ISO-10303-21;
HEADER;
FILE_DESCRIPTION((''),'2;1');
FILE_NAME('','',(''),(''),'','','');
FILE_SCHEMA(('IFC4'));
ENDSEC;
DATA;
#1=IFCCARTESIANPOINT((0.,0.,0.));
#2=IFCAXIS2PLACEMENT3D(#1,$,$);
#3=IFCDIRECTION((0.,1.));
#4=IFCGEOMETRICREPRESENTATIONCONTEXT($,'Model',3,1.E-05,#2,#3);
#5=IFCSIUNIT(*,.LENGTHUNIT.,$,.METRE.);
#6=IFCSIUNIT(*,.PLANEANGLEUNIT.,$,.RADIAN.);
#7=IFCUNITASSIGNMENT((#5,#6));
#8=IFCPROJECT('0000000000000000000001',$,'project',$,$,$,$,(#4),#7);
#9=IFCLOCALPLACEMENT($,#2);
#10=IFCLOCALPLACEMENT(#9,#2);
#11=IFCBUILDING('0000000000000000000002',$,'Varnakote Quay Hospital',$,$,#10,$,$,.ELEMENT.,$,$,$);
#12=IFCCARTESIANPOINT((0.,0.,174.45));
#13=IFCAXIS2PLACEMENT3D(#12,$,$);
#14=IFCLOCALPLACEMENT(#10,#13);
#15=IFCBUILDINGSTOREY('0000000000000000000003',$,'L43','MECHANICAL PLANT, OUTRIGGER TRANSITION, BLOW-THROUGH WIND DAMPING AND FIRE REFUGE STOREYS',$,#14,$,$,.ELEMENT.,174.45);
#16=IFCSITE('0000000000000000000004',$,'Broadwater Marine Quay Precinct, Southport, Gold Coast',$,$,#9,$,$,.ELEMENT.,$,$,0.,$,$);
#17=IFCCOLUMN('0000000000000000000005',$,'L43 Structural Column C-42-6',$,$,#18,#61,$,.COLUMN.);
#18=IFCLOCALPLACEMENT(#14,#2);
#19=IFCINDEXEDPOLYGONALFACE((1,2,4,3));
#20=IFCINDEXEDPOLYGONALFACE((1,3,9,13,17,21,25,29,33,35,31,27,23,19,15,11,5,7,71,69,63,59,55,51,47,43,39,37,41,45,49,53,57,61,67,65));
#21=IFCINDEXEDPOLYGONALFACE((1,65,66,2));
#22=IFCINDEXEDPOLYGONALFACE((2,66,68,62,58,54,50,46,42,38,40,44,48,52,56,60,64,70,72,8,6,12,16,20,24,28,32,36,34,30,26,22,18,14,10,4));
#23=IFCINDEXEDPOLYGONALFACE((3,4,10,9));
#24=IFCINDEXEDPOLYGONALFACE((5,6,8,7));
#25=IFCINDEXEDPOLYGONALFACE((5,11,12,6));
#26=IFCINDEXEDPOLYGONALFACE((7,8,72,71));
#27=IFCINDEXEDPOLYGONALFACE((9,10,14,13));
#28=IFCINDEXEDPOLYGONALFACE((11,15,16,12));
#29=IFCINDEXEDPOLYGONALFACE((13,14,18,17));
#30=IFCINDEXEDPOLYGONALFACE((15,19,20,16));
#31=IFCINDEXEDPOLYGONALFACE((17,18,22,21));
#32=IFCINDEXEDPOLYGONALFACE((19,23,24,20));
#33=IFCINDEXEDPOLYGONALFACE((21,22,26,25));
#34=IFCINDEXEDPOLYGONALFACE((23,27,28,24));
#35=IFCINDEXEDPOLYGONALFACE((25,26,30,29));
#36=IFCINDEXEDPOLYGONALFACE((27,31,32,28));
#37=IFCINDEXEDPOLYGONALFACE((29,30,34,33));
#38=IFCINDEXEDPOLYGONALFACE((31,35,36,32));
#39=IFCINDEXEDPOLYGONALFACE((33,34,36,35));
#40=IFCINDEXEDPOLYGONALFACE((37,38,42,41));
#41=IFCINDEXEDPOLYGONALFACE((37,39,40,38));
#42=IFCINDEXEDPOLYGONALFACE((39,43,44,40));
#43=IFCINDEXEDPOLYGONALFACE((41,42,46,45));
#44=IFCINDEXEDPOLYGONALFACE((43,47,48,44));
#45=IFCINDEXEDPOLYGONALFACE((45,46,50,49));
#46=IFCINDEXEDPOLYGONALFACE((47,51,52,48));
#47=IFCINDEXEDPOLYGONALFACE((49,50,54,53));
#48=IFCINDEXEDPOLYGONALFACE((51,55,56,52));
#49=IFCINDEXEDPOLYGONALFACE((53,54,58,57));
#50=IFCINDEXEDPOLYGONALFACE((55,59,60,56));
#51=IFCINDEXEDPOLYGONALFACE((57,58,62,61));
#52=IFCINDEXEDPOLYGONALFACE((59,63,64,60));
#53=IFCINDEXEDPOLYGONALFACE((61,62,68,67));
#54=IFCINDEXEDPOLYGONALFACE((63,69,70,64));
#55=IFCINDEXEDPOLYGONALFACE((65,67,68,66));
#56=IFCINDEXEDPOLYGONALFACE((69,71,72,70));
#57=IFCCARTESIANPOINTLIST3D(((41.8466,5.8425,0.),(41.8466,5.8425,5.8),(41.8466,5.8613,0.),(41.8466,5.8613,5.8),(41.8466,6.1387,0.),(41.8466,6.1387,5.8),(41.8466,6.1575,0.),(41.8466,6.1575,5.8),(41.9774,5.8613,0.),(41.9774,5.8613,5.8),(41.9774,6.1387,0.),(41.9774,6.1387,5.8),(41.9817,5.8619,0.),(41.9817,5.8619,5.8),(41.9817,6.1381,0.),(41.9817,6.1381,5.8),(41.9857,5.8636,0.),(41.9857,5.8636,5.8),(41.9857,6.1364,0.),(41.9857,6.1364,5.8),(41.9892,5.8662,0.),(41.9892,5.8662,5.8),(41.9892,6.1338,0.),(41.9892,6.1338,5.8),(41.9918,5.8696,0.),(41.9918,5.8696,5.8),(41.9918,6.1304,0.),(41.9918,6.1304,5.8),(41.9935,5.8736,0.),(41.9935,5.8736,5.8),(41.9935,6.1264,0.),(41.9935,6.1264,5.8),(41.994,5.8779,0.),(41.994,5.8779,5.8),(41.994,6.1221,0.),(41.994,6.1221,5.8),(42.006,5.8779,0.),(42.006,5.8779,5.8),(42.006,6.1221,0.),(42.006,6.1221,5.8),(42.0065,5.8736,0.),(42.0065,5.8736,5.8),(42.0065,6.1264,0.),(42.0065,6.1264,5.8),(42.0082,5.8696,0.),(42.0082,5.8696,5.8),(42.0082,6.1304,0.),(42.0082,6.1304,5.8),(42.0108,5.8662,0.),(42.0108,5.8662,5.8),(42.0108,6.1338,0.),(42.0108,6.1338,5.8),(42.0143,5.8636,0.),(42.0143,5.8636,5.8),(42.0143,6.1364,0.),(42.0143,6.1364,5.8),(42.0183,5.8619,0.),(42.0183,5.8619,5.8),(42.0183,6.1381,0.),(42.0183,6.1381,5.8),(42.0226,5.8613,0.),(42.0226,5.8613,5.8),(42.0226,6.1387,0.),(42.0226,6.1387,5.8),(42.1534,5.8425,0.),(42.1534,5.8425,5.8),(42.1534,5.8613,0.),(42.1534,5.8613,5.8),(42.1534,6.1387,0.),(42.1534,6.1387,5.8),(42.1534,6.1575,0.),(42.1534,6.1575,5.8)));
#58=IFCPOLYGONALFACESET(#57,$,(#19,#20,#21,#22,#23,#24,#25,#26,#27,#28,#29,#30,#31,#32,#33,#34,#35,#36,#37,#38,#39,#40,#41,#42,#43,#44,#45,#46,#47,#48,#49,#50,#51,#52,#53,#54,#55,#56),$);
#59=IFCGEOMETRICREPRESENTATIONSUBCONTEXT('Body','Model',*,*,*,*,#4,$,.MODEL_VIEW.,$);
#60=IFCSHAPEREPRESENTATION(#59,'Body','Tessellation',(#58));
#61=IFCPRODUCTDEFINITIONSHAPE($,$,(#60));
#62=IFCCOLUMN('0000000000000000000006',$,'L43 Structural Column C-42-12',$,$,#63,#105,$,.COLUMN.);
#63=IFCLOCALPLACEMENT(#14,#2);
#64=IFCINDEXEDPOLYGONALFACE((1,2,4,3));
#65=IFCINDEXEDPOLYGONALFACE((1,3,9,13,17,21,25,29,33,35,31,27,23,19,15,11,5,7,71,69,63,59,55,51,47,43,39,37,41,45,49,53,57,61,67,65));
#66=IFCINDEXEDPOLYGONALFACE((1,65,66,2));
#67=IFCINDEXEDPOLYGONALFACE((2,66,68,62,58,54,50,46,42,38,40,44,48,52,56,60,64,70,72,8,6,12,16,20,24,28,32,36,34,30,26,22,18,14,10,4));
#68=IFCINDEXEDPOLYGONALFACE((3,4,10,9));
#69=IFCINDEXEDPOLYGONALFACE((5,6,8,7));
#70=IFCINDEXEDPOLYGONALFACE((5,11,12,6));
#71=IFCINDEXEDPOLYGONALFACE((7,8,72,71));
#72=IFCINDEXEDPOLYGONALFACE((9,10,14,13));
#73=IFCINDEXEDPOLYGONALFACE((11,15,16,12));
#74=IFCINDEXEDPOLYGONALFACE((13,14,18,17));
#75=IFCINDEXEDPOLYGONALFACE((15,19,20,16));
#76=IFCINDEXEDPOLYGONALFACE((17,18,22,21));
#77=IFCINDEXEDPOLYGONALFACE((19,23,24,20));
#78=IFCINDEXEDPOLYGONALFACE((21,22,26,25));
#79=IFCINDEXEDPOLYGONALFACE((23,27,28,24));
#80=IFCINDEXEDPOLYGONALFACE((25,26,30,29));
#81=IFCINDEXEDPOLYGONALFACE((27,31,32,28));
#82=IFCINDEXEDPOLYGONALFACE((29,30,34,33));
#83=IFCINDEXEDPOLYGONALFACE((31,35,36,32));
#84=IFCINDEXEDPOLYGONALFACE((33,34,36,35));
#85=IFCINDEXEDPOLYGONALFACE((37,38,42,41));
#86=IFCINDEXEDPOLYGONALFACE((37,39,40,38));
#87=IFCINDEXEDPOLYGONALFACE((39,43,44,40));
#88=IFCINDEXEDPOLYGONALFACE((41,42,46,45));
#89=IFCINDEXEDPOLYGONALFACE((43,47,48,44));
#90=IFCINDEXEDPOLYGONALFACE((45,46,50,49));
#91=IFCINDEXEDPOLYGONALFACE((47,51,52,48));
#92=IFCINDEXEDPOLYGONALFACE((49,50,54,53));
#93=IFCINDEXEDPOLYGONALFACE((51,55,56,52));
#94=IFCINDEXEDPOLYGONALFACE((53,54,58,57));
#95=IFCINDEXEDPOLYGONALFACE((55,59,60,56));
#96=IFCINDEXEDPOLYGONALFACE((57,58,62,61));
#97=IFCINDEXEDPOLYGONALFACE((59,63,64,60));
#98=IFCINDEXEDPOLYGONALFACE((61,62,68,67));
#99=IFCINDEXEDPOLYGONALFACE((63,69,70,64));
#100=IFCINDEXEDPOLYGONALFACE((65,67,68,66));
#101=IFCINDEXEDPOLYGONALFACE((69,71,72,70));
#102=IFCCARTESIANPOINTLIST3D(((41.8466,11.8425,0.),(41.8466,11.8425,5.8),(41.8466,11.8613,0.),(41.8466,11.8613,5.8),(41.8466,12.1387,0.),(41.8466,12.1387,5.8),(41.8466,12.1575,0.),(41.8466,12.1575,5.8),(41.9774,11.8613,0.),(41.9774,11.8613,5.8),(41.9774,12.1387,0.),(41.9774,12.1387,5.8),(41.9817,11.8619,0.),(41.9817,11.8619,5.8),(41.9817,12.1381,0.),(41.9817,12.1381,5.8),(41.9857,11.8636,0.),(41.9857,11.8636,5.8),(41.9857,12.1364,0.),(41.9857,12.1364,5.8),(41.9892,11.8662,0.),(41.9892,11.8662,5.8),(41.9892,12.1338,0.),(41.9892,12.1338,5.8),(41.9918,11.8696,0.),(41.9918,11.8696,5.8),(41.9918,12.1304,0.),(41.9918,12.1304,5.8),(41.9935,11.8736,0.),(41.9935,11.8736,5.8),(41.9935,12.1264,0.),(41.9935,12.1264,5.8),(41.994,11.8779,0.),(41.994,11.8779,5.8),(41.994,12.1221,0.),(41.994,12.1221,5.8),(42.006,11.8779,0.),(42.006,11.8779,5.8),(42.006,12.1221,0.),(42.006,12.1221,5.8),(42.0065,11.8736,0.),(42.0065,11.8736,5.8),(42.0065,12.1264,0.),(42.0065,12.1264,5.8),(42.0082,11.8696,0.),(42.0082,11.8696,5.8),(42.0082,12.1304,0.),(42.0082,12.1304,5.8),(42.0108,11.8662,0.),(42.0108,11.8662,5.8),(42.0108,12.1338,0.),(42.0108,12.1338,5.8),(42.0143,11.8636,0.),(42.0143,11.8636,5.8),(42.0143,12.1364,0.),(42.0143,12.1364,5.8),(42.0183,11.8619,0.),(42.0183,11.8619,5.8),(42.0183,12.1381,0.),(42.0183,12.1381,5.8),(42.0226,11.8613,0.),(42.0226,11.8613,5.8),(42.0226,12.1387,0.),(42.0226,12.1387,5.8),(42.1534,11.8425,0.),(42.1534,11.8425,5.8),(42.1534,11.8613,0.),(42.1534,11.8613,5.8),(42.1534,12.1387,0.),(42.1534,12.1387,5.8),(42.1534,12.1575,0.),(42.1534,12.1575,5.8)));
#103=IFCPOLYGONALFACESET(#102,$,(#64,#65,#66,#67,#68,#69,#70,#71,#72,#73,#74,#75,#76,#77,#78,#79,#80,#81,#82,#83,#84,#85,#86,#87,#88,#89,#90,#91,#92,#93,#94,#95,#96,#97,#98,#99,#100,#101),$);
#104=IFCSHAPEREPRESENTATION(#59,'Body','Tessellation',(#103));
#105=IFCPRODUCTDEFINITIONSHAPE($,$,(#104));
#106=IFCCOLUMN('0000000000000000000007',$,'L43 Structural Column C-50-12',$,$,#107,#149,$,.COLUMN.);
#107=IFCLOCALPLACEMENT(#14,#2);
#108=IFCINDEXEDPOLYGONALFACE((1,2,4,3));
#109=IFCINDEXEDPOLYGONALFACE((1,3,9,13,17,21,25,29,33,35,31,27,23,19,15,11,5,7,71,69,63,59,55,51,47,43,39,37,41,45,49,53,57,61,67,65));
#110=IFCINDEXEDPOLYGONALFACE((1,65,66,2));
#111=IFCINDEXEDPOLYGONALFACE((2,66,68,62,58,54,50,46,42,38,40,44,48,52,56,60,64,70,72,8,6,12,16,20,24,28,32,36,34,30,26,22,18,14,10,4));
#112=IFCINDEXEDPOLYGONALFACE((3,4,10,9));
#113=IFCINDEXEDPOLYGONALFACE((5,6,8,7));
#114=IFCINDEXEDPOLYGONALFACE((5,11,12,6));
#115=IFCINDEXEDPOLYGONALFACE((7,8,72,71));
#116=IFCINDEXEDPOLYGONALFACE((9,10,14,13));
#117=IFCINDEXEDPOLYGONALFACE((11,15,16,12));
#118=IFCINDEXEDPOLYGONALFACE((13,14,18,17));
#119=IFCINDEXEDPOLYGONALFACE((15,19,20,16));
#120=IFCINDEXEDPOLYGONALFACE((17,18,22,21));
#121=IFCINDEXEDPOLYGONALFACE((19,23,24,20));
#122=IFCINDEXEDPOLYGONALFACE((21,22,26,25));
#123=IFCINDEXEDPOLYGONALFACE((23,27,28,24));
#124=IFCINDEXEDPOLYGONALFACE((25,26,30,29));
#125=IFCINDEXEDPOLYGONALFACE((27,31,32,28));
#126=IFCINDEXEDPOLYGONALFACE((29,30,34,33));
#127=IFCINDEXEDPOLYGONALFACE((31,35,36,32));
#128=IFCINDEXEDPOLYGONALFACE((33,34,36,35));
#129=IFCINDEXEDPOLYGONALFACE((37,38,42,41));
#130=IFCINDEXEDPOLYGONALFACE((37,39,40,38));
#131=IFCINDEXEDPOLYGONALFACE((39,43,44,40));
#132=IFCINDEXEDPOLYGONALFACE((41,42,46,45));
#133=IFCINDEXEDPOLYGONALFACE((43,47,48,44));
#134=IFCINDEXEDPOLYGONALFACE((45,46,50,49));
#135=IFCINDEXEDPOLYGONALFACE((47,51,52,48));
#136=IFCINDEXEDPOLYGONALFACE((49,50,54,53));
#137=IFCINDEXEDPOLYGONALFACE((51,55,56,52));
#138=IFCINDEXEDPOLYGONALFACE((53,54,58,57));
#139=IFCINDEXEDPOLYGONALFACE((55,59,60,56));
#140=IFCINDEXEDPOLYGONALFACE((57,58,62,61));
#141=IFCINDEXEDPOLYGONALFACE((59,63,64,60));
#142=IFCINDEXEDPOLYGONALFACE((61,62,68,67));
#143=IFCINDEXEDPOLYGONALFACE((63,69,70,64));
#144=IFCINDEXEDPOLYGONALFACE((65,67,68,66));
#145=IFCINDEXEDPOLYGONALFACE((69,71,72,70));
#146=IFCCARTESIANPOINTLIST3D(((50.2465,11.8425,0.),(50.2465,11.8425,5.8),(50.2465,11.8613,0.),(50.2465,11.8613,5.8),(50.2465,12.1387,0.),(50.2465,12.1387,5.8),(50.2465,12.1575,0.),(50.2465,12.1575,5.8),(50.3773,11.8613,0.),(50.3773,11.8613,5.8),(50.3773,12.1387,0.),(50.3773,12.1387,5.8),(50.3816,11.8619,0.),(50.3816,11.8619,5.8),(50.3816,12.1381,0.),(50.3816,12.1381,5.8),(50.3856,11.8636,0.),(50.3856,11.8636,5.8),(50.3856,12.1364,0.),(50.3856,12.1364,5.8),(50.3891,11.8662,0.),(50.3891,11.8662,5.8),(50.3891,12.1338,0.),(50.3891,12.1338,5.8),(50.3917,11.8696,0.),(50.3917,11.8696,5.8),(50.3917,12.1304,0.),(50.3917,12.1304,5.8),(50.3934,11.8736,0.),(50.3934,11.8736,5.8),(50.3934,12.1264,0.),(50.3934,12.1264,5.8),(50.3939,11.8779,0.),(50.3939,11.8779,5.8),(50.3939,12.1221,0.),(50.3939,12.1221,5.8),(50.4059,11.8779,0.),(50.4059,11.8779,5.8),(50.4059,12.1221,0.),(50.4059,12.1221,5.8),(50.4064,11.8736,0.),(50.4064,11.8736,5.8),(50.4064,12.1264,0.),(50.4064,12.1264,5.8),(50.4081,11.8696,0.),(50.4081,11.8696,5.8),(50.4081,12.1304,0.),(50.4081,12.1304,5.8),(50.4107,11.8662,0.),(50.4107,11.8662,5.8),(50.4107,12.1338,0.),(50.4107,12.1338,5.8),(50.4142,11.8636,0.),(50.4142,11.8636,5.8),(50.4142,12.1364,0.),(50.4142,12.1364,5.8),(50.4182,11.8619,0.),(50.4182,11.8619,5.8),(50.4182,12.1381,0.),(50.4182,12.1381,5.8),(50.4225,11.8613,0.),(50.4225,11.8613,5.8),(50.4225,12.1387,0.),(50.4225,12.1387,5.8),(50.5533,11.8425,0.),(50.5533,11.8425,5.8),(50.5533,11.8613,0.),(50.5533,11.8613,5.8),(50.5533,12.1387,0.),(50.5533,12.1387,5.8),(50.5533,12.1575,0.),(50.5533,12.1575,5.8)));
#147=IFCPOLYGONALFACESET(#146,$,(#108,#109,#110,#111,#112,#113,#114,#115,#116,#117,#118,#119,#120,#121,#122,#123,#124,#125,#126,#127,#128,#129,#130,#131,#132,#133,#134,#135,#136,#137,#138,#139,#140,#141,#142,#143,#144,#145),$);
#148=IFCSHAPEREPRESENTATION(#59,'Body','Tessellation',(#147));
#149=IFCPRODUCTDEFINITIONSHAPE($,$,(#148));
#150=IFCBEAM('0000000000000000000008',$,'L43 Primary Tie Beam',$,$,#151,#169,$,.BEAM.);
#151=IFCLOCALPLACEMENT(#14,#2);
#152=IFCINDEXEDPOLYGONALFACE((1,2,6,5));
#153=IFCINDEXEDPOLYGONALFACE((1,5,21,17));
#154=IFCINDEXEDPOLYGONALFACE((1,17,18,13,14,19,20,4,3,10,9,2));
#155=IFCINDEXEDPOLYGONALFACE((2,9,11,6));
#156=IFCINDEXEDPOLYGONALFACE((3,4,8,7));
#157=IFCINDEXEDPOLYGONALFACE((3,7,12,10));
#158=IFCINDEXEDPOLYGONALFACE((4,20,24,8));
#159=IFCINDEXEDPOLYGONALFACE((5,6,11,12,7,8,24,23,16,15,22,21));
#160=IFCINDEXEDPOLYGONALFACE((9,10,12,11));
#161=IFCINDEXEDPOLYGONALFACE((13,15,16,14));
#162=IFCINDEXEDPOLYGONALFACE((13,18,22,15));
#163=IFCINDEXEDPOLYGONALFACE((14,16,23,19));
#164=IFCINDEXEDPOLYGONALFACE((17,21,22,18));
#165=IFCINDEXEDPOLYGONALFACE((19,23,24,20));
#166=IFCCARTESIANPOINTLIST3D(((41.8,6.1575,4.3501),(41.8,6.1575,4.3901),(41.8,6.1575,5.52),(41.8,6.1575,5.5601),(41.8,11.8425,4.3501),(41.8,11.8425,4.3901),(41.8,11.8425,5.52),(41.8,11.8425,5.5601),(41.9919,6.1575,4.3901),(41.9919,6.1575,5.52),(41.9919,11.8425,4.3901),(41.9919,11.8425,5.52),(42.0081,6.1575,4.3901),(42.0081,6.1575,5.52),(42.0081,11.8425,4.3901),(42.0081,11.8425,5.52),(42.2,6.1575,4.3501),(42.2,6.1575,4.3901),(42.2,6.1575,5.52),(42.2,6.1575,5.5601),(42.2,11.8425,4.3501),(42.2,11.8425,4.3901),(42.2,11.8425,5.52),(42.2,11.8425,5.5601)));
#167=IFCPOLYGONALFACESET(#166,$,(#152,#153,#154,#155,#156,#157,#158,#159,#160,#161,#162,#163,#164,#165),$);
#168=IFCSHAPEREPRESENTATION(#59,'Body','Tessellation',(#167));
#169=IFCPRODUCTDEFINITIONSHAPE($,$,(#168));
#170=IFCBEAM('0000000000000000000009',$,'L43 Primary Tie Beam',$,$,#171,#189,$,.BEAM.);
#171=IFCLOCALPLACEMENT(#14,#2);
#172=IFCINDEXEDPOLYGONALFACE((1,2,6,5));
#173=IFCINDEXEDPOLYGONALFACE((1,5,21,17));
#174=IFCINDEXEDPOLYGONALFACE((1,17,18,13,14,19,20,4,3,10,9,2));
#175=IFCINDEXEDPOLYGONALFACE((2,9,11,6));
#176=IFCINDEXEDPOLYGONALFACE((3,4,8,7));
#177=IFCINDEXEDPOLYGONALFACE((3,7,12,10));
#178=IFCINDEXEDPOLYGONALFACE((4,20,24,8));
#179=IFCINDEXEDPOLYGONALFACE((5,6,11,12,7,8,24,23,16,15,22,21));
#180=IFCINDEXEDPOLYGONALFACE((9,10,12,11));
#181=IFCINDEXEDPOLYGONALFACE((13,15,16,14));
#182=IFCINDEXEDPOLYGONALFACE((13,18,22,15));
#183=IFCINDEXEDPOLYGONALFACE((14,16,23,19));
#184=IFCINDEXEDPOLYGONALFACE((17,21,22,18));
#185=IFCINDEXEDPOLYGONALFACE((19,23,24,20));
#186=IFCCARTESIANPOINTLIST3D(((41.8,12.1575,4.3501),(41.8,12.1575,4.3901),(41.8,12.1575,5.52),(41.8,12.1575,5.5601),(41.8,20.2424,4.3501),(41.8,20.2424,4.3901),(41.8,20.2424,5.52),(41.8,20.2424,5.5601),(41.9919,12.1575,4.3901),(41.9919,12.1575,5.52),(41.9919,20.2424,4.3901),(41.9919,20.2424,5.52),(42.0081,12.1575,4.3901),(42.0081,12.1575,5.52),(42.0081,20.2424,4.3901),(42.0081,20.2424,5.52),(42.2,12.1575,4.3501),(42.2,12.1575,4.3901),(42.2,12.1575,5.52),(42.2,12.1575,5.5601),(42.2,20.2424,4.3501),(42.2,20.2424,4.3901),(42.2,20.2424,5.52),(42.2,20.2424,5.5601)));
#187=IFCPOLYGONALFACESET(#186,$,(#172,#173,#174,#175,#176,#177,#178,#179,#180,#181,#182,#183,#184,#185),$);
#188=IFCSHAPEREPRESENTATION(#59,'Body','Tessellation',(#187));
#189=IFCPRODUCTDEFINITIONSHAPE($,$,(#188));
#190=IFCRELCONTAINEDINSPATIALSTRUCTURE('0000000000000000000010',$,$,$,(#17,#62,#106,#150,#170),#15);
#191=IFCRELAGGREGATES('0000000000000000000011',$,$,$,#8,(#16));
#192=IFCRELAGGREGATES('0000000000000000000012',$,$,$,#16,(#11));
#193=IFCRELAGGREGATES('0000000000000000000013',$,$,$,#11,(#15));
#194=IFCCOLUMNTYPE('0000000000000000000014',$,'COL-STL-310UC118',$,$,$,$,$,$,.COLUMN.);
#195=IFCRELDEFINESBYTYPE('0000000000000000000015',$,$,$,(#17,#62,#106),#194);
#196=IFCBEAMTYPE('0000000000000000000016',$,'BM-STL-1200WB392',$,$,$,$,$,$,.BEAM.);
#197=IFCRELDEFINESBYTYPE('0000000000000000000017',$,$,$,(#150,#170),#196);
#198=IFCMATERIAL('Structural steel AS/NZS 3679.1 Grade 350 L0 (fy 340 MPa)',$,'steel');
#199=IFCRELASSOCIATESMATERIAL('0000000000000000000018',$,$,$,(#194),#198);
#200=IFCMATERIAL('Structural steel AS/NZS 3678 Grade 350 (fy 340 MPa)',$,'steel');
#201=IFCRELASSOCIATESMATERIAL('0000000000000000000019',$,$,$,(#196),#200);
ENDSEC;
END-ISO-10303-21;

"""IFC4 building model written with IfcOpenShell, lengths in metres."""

from ifc_helpers import new_model, si_unit, direction, frame, origin, origin_2d, place, context, subcontext, project, spatial, i_section, extrude, material, material_profile, profile_set, type_object, element, save


model = new_model("IFC4")

# Units and contexts
model_context = context("Model", 3, precision=1e-05, world=origin(), true_north=direction((0.0, 1.0)))
body_context = subcontext(model_context, "Body", "Model", "MODEL_VIEW")
ifc_project = project(units=[si_unit("LENGTHUNIT", "METRE"), si_unit("PLANEANGLEUNIT", "RADIAN")], contexts=[model_context])

# Site, building, storey
site_placement = place(None, origin())
site = spatial("IfcSite", under=ifc_project, at=site_placement, Name="Broadwater Marine Quay Precinct, Southport, Gold Coast", CompositionType="ELEMENT", RefElevation=0.0)
building_placement = place(site_placement, origin())
building = spatial("IfcBuilding", under=site, at=building_placement, Name="Varnakote Quay Hospital", CompositionType="ELEMENT")
storey_placement = place(building_placement, frame((0.0, 0.0, 174.45)))
storey = spatial("IfcBuildingStorey", under=building, at=storey_placement, Name="L43", Description="MECHANICAL PLANT, OUTRIGGER TRANSITION, BLOW-THROUGH WIND DAMPING AND FIRE REFUGE STOREYS", CompositionType="ELEMENT", Elevation=174.45)

# Columns
ifc_material_1 = material(Name="Structural steel AS/NZS 3679.1 Grade 350 L0 (fy 340 MPa)", Category="steel")
ifc_material_profile_1 = material_profile(ifc_material_1, i_section(OverallWidth=0.3069, OverallDepth=0.3149, WebThickness=0.012, FlangeThickness=0.0188, FilletRadius=0.0166, at=origin_2d()), Name="310UC118")
ifc_profile_set_1 = profile_set([ifc_material_profile_1], Name="Structural steel AS/NZS 3679.1 Grade 350 L0 (fy 340 MPa)")
column_type = type_object("IfcColumnType", Name="COL-STL-310UC118", PredefinedType="COLUMN", material=ifc_profile_set_1)
for number, where, z_axis, x_axis, name in (
    (1, (42.0, 6.0, 0.0), (0.0, 0.0, 1.0), (1.0, 0.0, 0.0), "L43 Structural Column C-42-6"),
    (2, (42.0, 12.0, 0.0), (0.0, 0.0, 1.0), (1.0, 0.0, 0.0), "L43 Structural Column C-42-12"),
    (3, (50.3999, 12.0, 0.0), (0.0, 0.0, 1.0), (1.0, 0.0, 0.0), "L43 Structural Column C-50-12"),
):
    element("IfcColumn", number, at=place(storey_placement, frame(where, z_axis=z_axis, x_axis=x_axis)), inside=storey, type_object=column_type, Name=name, PredefinedType="COLUMN", context=body_context, shape_type="SweptSolid", body=[
        extrude(i_section(OverallWidth=0.3069, OverallDepth=0.3149, WebThickness=0.012, FlangeThickness=0.0188, FilletRadius=0.0166, at=origin_2d()), origin(), (0.0, 0.0, 1.0), 5.8),
    ])

# Beams
ifc_material_2 = material(Name="Structural steel AS/NZS 3678 Grade 350 (fy 340 MPa)", Category="steel")
ifc_material_profile_2 = material_profile(ifc_material_2, i_section(OverallWidth=0.3999, OverallDepth=1.21, WebThickness=0.0161, FlangeThickness=0.04, at=origin_2d()), Name="1200WB392")
ifc_profile_set_2 = profile_set([ifc_material_profile_2], Name="Structural steel AS/NZS 3678 Grade 350 (fy 340 MPa)")
beam_type_1 = type_object("IfcBeamType", Name="BM-STL-1200WB392", PredefinedType="BEAM", material=ifc_profile_set_2)
beam_1_placement = place(storey_placement, frame((42.0, 6.1575, 4.9551), z_axis=(0.0, 1.0, 0.0), x_axis=(-1.0, 0.0, 0.0)))
element("IfcBeam", 4, at=beam_1_placement, inside=storey, type_object=beam_type_1, Name="L43 Primary Tie Beam", PredefinedType="BEAM", context=body_context, shape_type="SweptSolid", body=[
    extrude(i_section(OverallWidth=0.3999, OverallDepth=1.21, WebThickness=0.0161, FlangeThickness=0.04, at=origin_2d()), origin(), (0.0, 0.0, 1.0), 5.6851),
])
beam_2_placement = place(storey_placement, frame((42.0, 12.1575, 4.9551), z_axis=(0.0, 1.0, 0.0), x_axis=(-1.0, 0.0, 0.0)))
element("IfcBeam", 5, at=beam_2_placement, inside=storey, type_object=beam_type_1, Name="L43 Primary Tie Beam", PredefinedType="BEAM", context=body_context, shape_type="SweptSolid", body=[
    extrude(i_section(OverallWidth=0.3999, OverallDepth=1.21, WebThickness=0.0161, FlangeThickness=0.04, at=origin_2d()), origin(), (0.0, 0.0, 1.0), 8.085),
])

save(model, "model.ifc")
